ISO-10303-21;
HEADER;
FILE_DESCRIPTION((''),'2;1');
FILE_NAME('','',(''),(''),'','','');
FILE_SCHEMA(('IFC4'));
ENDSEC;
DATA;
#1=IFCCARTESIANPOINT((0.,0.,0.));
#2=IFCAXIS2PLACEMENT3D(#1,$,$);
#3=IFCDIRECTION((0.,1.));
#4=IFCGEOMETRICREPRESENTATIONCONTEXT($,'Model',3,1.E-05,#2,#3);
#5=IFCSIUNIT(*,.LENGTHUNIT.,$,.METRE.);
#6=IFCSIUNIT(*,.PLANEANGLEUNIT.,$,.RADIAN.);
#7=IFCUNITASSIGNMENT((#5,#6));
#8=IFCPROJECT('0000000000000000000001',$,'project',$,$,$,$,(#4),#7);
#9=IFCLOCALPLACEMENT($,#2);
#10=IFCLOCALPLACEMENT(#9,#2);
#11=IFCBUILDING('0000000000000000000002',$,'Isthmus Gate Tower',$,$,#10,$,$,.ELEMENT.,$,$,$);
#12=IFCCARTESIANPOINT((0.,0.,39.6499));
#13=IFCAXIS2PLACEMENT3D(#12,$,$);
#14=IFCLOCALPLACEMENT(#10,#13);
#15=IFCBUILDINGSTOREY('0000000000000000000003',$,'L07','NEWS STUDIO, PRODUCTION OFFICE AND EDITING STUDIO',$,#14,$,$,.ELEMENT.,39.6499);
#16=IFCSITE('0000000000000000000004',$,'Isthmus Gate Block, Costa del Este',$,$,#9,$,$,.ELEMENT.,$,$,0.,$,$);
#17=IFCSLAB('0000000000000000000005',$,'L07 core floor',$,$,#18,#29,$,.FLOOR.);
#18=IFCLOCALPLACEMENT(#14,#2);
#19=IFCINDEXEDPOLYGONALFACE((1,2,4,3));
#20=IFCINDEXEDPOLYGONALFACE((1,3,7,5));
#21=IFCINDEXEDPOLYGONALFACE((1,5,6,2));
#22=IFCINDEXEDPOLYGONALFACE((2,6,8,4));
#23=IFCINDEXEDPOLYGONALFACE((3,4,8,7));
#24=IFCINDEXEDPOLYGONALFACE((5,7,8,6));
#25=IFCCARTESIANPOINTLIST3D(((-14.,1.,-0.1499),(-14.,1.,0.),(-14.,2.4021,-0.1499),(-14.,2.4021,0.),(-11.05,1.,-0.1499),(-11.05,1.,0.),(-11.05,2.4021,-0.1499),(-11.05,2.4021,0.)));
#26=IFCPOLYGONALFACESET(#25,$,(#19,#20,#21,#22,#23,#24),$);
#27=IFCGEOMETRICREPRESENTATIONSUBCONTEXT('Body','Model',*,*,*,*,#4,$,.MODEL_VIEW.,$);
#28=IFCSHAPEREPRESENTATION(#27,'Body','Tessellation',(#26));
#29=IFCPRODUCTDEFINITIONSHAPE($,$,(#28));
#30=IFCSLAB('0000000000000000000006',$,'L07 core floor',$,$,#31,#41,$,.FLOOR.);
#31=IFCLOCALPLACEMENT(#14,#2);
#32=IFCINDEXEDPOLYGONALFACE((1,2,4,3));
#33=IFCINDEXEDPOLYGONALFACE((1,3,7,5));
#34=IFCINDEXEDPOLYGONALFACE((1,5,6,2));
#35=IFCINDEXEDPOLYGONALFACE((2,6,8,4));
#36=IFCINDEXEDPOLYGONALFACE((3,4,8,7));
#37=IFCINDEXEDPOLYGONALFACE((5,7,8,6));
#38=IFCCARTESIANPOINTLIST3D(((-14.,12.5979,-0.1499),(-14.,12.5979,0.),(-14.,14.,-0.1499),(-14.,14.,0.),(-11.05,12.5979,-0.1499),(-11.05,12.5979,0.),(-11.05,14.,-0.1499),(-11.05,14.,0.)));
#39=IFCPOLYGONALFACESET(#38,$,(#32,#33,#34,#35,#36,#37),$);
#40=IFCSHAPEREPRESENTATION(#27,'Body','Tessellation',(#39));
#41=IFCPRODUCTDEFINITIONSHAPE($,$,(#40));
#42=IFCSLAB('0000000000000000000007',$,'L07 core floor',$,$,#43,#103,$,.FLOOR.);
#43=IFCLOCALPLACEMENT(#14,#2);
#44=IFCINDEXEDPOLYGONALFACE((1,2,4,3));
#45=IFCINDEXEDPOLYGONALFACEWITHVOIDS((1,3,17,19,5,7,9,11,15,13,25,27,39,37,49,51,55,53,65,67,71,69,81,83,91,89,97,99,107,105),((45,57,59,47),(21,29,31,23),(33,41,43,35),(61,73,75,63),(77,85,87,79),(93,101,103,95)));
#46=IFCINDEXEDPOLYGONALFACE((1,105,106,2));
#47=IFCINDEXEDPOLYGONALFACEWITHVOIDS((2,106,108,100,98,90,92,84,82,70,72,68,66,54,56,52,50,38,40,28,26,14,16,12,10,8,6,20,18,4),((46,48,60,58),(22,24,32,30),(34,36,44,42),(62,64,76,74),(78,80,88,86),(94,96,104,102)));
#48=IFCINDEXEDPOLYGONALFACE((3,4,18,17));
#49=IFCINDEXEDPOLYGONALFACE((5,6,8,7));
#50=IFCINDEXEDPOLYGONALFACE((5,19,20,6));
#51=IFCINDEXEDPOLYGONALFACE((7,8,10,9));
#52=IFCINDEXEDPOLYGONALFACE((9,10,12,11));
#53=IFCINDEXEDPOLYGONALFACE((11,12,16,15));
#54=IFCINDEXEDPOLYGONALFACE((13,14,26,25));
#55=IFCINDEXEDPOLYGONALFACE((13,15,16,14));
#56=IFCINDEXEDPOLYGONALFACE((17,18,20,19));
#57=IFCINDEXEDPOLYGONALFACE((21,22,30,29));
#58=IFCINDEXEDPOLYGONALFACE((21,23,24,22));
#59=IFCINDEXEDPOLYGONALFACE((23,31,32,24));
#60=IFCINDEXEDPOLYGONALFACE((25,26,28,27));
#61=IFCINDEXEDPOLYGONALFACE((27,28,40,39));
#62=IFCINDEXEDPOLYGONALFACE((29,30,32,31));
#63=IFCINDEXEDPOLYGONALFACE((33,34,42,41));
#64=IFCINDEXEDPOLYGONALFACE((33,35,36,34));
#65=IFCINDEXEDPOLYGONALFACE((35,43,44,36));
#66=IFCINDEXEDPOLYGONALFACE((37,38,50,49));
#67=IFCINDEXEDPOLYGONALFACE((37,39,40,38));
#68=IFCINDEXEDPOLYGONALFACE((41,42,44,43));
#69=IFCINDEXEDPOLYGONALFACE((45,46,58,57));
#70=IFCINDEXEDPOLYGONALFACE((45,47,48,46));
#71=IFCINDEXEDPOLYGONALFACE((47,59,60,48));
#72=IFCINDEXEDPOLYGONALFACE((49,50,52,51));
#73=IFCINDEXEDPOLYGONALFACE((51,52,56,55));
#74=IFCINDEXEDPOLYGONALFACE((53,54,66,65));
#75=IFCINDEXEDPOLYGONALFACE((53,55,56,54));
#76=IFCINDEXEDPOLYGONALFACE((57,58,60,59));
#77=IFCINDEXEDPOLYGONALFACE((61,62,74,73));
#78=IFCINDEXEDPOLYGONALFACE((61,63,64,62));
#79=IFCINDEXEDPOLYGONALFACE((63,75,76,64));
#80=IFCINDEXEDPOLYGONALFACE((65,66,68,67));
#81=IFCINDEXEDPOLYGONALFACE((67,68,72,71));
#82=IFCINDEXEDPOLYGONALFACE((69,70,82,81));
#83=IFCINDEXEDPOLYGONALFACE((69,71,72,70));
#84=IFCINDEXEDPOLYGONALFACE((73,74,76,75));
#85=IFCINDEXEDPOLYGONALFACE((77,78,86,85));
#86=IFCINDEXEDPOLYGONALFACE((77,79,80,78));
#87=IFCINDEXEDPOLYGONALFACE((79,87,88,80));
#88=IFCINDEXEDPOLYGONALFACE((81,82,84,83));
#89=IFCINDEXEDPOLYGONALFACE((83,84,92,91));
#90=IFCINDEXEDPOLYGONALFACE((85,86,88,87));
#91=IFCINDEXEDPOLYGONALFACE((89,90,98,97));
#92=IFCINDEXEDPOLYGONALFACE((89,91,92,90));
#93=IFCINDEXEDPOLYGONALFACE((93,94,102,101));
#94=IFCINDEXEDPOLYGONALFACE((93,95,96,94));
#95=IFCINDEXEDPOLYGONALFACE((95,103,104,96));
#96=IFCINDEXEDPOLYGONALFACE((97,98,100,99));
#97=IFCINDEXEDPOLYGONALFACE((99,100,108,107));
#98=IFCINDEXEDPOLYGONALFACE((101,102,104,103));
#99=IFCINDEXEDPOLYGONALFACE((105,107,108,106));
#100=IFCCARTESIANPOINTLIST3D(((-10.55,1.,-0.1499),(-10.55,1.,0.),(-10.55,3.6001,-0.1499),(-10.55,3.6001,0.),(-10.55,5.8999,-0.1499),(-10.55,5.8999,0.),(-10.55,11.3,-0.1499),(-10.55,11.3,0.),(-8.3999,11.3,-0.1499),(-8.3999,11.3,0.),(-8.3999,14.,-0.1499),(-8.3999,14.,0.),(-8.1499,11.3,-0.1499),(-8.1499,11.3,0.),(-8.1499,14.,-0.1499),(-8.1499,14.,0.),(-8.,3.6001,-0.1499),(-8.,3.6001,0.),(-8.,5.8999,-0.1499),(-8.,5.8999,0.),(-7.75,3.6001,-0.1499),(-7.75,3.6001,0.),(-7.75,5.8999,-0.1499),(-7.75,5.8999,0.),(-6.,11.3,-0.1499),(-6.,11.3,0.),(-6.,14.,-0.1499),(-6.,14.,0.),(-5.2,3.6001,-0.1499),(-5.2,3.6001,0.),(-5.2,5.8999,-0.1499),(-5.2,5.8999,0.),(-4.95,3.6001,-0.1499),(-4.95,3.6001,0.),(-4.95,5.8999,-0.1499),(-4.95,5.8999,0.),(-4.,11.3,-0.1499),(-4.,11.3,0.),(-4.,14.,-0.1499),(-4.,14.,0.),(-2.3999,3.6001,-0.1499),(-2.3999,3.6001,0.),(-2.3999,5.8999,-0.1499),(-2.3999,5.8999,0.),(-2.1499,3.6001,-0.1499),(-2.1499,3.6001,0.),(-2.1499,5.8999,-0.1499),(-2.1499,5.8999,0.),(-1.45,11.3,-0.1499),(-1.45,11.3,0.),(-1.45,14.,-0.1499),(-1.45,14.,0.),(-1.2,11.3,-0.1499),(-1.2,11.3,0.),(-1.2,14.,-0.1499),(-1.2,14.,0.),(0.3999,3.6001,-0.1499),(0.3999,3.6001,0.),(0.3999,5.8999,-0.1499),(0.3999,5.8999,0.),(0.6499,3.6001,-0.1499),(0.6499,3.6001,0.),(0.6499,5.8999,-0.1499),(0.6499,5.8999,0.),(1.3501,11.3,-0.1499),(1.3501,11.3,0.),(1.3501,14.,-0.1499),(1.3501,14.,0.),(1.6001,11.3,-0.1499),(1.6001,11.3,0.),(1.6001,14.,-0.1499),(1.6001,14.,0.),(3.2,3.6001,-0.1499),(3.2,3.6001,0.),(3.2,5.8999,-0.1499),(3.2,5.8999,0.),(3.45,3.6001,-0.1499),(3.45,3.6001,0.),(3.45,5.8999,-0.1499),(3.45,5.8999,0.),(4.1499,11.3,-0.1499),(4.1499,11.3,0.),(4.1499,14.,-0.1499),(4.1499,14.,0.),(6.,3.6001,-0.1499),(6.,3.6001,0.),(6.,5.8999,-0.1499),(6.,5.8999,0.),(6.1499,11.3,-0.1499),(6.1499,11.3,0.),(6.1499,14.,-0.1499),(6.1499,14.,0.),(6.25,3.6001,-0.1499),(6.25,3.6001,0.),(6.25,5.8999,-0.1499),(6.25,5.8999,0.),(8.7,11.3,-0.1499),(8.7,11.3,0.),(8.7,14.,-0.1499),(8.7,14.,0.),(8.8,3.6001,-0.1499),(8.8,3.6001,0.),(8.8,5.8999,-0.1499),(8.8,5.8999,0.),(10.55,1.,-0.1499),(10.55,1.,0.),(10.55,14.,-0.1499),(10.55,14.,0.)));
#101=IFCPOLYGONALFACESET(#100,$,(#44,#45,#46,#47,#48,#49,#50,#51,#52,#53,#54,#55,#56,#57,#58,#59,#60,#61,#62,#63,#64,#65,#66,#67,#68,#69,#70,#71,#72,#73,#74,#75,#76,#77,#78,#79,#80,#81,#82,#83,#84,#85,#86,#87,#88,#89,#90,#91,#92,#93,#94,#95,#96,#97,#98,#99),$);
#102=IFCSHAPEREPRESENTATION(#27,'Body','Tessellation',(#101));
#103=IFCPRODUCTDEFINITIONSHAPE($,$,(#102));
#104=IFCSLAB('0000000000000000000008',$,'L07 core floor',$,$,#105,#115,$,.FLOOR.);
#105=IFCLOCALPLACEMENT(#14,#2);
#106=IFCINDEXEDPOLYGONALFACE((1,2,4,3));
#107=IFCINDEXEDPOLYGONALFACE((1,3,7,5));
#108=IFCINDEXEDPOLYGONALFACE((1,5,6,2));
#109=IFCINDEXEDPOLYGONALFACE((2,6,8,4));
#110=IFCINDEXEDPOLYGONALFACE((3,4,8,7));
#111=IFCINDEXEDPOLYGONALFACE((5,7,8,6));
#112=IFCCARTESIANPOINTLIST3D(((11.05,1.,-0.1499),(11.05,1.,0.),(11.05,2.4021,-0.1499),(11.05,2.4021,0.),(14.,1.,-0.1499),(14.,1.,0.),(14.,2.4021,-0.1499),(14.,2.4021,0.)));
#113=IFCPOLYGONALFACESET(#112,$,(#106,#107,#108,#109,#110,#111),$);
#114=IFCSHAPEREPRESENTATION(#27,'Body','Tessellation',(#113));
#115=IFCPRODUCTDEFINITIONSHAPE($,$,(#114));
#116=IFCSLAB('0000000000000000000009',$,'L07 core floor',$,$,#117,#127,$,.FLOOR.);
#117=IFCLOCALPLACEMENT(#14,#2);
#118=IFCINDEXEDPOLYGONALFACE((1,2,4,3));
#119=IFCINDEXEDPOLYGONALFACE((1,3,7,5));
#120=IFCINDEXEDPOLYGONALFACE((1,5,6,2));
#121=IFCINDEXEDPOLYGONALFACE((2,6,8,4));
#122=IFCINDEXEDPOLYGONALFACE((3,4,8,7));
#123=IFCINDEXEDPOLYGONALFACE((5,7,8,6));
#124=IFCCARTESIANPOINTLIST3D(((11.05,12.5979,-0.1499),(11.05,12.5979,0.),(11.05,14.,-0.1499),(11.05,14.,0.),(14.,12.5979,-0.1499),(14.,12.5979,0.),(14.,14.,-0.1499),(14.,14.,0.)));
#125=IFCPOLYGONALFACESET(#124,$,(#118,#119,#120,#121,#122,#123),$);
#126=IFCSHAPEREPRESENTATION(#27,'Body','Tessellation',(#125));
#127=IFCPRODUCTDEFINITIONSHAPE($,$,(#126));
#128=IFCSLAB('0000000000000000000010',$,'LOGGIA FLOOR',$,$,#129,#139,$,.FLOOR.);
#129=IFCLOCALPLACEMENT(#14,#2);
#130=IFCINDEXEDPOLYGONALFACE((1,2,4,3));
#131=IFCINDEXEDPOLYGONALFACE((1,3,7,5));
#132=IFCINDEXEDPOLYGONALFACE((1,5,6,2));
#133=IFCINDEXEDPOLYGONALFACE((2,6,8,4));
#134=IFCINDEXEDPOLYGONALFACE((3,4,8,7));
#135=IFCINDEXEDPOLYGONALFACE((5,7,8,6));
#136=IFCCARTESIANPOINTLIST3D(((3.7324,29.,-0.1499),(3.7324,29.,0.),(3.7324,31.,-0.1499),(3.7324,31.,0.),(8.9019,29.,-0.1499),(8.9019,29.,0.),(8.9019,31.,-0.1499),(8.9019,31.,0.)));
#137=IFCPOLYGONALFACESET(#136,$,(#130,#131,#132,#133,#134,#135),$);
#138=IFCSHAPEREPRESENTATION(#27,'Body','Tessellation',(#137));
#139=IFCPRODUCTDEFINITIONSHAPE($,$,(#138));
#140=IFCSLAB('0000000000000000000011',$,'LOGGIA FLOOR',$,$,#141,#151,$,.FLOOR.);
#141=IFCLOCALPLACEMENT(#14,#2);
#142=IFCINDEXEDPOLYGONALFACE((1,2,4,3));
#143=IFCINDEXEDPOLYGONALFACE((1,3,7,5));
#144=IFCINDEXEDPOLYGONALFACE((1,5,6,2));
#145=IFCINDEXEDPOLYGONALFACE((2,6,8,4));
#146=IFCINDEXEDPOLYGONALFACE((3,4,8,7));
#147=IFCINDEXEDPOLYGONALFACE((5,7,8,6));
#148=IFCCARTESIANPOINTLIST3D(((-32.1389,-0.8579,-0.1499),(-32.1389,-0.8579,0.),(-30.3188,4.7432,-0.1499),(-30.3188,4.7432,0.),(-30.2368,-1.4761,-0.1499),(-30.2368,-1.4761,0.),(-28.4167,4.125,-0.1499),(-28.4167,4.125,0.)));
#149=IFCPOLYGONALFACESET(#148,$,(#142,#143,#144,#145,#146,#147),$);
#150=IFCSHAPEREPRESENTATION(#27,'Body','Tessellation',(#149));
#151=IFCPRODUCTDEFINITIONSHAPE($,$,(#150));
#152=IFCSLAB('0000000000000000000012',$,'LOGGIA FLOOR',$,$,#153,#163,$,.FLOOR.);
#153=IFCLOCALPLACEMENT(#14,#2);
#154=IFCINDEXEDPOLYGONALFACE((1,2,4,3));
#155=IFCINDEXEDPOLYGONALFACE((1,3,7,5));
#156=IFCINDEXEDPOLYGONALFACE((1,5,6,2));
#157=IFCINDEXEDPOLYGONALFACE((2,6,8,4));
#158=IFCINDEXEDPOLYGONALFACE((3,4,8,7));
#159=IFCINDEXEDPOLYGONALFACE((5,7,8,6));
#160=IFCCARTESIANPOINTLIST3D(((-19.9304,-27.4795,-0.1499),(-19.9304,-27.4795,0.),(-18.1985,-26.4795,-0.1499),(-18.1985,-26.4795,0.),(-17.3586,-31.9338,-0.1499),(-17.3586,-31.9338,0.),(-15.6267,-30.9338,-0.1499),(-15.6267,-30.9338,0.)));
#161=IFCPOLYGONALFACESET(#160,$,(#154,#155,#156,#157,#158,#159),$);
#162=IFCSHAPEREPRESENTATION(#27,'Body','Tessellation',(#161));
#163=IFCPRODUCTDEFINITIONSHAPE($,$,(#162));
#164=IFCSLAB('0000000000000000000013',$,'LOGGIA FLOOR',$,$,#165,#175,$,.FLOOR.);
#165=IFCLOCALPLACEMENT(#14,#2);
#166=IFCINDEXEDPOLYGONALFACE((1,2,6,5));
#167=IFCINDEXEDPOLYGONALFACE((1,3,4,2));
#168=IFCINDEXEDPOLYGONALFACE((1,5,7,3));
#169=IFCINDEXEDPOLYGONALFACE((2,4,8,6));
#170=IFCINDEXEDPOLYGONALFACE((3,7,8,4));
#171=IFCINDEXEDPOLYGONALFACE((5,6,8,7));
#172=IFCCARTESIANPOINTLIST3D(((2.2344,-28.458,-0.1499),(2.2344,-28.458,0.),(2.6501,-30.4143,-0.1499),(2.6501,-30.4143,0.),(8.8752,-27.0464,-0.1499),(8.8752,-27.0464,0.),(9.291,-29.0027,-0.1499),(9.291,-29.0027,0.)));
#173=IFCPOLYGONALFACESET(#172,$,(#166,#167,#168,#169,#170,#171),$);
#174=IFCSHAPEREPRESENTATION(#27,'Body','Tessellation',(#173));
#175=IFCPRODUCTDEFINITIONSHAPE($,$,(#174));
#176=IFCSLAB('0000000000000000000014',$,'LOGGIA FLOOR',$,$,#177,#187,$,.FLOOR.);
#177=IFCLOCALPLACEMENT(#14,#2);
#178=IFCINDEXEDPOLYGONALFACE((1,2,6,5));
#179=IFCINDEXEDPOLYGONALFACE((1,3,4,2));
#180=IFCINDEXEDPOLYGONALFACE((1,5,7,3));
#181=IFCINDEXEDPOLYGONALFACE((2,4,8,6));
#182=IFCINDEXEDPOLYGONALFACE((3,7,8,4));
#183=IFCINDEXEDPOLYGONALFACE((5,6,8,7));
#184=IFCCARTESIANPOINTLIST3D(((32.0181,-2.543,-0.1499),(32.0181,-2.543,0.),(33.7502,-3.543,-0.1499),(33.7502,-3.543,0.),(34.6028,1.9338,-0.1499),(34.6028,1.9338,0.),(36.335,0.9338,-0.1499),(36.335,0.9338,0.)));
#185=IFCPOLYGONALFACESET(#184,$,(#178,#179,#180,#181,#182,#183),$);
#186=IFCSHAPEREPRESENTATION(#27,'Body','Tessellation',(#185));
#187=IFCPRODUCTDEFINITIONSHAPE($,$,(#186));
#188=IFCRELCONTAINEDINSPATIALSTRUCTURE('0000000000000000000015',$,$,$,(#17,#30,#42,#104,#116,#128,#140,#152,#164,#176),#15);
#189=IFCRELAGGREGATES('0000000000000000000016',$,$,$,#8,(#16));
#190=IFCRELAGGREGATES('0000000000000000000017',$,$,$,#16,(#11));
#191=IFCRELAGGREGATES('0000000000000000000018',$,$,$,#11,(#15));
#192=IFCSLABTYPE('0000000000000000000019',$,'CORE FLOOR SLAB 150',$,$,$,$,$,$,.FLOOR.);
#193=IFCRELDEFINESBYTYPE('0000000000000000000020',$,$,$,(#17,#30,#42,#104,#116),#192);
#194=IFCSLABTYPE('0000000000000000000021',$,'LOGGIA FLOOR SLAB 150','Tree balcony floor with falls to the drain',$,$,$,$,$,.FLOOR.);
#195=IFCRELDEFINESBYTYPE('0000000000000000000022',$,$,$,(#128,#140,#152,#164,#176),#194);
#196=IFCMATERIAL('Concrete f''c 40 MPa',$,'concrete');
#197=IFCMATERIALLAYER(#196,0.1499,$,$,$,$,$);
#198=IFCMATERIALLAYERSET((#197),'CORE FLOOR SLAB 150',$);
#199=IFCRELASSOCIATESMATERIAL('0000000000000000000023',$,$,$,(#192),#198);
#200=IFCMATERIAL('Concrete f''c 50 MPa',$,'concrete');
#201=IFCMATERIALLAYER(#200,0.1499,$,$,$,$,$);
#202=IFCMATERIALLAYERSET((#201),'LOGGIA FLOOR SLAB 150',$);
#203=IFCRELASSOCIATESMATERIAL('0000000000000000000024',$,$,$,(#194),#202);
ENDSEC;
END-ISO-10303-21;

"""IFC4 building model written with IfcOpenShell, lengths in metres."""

from ifc_helpers import new_model, si_unit, direction, frame, origin, place, context, subcontext, project, spatial, polyline, outline, extrude, material, layer, layer_set, type_object, element, save


model = new_model("IFC4")

# Units and contexts
model_context = context("Model", 3, precision=1e-05, world=origin(), true_north=direction((0.0, 1.0)))
body_context = subcontext(model_context, "Body", "Model", "MODEL_VIEW")
ifc_project = project(units=[si_unit("LENGTHUNIT", "METRE"), si_unit("PLANEANGLEUNIT", "RADIAN")], contexts=[model_context])

# Site, building, storey
site_placement = place(None, origin())
site = spatial("IfcSite", under=ifc_project, at=site_placement, Name="Isthmus Gate Block, Costa del Este", CompositionType="ELEMENT", RefElevation=0.0)
building_placement = place(site_placement, origin())
building = spatial("IfcBuilding", under=site, at=building_placement, Name="Isthmus Gate Tower", CompositionType="ELEMENT")
storey_placement = place(building_placement, frame((0.0, 0.0, 39.6499)))
storey = spatial("IfcBuildingStorey", under=building, at=storey_placement, Name="L07", Description="NEWS STUDIO, PRODUCTION OFFICE AND EDITING STUDIO", CompositionType="ELEMENT", Elevation=39.6499)

# Slabs
ifc_material_1 = material(Name="Concrete f'c 40 MPa", Category="concrete")
ifc_layer_1 = layer(ifc_material_1, 0.1499)
ifc_layer_set_1 = layer_set([ifc_layer_1], Name="CORE FLOOR SLAB 150")
slab_type_1 = type_object("IfcSlabType", Name="CORE FLOOR SLAB 150", PredefinedType="FLOOR", material=ifc_layer_set_1)
slab_1_placement = place(storey_placement, frame((0.0, 0.0, -0.1499)))
element("IfcSlab", 1, at=slab_1_placement, inside=storey, type_object=slab_type_1, Name="L07 core floor", PredefinedType="FLOOR", context=body_context, shape_type="SweptSolid", body=[
    extrude(outline(polyline([(-11.05, 1.0), (-11.05, 2.4021), (-14.0, 2.4021), (-14.0, 1.0), (-11.05, 1.0)])), origin(), (0.0, 0.0, 1.0), 0.1499),
])
slab_2_placement = place(storey_placement, frame((0.0, 0.0, -0.1499)))
element("IfcSlab", 2, at=slab_2_placement, inside=storey, type_object=slab_type_1, Name="L07 core floor", PredefinedType="FLOOR", context=body_context, shape_type="SweptSolid", body=[
    extrude(outline(polyline([(-14.0, 14.0), (-14.0, 12.5979), (-11.05, 12.5979), (-11.05, 14.0), (-14.0, 14.0)])), origin(), (0.0, 0.0, 1.0), 0.1499),
])
slab_3_placement = place(storey_placement, frame((0.0, 0.0, -0.1499)))
element("IfcSlab", 3, at=slab_3_placement, inside=storey, type_object=slab_type_1, Name="L07 core floor", PredefinedType="FLOOR", context=body_context, shape_type="SweptSolid", body=[
    extrude(outline(polyline([(10.55, 14.0), (8.7, 14.0), (8.7, 11.3), (6.1499, 11.3), (6.1499, 14.0), (4.1499, 14.0), (4.1499, 11.3), (1.6001, 11.3), (1.6001, 14.0), (1.3501, 14.0), (1.3501, 11.3), (-1.2, 11.3), (-1.2, 14.0), (-1.45, 14.0), (-1.45, 11.3), (-4.0, 11.3), (-4.0, 14.0), (-6.0, 14.0), (-6.0, 11.3), (-8.1499, 11.3), (-8.1499, 14.0), (-8.3999, 14.0), (-8.3999, 11.3), (-10.55, 11.3), (-10.55, 5.8999), (-8.0, 5.8999), (-8.0, 3.6001), (-10.55, 3.6001), (-10.55, 1.0), (10.55, 1.0), (10.55, 14.0)]), holes=[polyline([(-5.2, 5.8999), (-5.2, 3.6001), (-7.75, 3.6001), (-7.75, 5.8999), (-5.2, 5.8999)]), polyline([(-2.3999, 5.8999), (-2.3999, 3.6001), (-4.95, 3.6001), (-4.95, 5.8999), (-2.3999, 5.8999)]), polyline([(0.3999, 5.8999), (0.3999, 3.6001), (-2.1499, 3.6001), (-2.1499, 5.8999), (0.3999, 5.8999)]), polyline([(3.2, 5.8999), (3.2, 3.6001), (0.6499, 3.6001), (0.6499, 5.8999), (3.2, 5.8999)]), polyline([(6.0, 5.8999), (6.0, 3.6001), (3.45, 3.6001), (3.45, 5.8999), (6.0, 5.8999)]), polyline([(8.8, 5.8999), (8.8, 3.6001), (6.25, 3.6001), (6.25, 5.8999), (8.8, 5.8999)])]), origin(), (0.0, 0.0, 1.0), 0.1499),
])
slab_4_placement = place(storey_placement, frame((0.0, 0.0, -0.1499)))
element("IfcSlab", 4, at=slab_4_placement, inside=storey, type_object=slab_type_1, Name="L07 core floor", PredefinedType="FLOOR", context=body_context, shape_type="SweptSolid", body=[
    extrude(outline(polyline([(14.0, 1.0), (14.0, 2.4021), (11.05, 2.4021), (11.05, 1.0), (14.0, 1.0)])), origin(), (0.0, 0.0, 1.0), 0.1499),
])
slab_5_placement = place(storey_placement, frame((0.0, 0.0, -0.1499)))
element("IfcSlab", 5, at=slab_5_placement, inside=storey, type_object=slab_type_1, Name="L07 core floor", PredefinedType="FLOOR", context=body_context, shape_type="SweptSolid", body=[
    extrude(outline(polyline([(11.05, 14.0), (11.05, 12.5979), (14.0, 12.5979), (14.0, 14.0), (11.05, 14.0)])), origin(), (0.0, 0.0, 1.0), 0.1499),
])
ifc_material_2 = material(Name="Concrete f'c 50 MPa", Category="concrete")
ifc_layer_2 = layer(ifc_material_2, 0.1499)
ifc_layer_set_2 = layer_set([ifc_layer_2], Name="LOGGIA FLOOR SLAB 150")
slab_type_2 = type_object("IfcSlabType", Name="LOGGIA FLOOR SLAB 150", Description="Tree balcony floor with falls to the drain", PredefinedType="FLOOR", material=ifc_layer_set_2)
slab_6_placement = place(storey_placement, frame((0.0, 0.0, -0.1499)))
element("IfcSlab", 6, at=slab_6_placement, inside=storey, type_object=slab_type_2, Name="LOGGIA FLOOR", PredefinedType="FLOOR", context=body_context, shape_type="SweptSolid", body=[
    extrude(outline(polyline([(8.9019, 31.0), (3.7324, 31.0), (3.7324, 29.0), (8.9019, 29.0), (8.9019, 31.0)])), origin(), (0.0, 0.0, 1.0), 0.1499),
])
slab_7_placement = place(storey_placement, frame((0.0, 0.0, -0.1499)))
element("IfcSlab", 7, at=slab_7_placement, inside=storey, type_object=slab_type_2, Name="LOGGIA FLOOR", PredefinedType="FLOOR", context=body_context, shape_type="SweptSolid", body=[
    extrude(outline(polyline([(-30.3188, 4.7432), (-32.1389, -0.8579), (-30.2368, -1.4761), (-28.4167, 4.125), (-30.3188, 4.7432)])), origin(), (0.0, 0.0, 1.0), 0.1499),
])
slab_8_placement = place(storey_placement, frame((0.0, 0.0, -0.1499)))
element("IfcSlab", 8, at=slab_8_placement, inside=storey, type_object=slab_type_2, Name="LOGGIA FLOOR", PredefinedType="FLOOR", context=body_context, shape_type="SweptSolid", body=[
    extrude(outline(polyline([(-19.9304, -27.4795), (-17.3586, -31.9338), (-15.6267, -30.9338), (-18.1985, -26.4795), (-19.9304, -27.4795)])), origin(), (0.0, 0.0, 1.0), 0.1499),
])
slab_9_placement = place(storey_placement, frame((0.0, 0.0, -0.1499)))
element("IfcSlab", 9, at=slab_9_placement, inside=storey, type_object=slab_type_2, Name="LOGGIA FLOOR", PredefinedType="FLOOR", context=body_context, shape_type="SweptSolid", body=[
    extrude(outline(polyline([(2.6501, -30.4143), (9.291, -29.0027), (8.8752, -27.0464), (2.2344, -28.458), (2.6501, -30.4143)])), origin(), (0.0, 0.0, 1.0), 0.1499),
])
slab_10_placement = place(storey_placement, frame((0.0, 0.0, -0.1499)))
element("IfcSlab", 10, at=slab_10_placement, inside=storey, type_object=slab_type_2, Name="LOGGIA FLOOR", PredefinedType="FLOOR", context=body_context, shape_type="SweptSolid", body=[
    extrude(outline(polyline([(33.7502, -3.543), (36.335, 0.9338), (34.6028, 1.9338), (32.0181, -2.543), (33.7502, -3.543)])), origin(), (0.0, 0.0, 1.0), 0.1499),
])

save(model, "model.ifc")
